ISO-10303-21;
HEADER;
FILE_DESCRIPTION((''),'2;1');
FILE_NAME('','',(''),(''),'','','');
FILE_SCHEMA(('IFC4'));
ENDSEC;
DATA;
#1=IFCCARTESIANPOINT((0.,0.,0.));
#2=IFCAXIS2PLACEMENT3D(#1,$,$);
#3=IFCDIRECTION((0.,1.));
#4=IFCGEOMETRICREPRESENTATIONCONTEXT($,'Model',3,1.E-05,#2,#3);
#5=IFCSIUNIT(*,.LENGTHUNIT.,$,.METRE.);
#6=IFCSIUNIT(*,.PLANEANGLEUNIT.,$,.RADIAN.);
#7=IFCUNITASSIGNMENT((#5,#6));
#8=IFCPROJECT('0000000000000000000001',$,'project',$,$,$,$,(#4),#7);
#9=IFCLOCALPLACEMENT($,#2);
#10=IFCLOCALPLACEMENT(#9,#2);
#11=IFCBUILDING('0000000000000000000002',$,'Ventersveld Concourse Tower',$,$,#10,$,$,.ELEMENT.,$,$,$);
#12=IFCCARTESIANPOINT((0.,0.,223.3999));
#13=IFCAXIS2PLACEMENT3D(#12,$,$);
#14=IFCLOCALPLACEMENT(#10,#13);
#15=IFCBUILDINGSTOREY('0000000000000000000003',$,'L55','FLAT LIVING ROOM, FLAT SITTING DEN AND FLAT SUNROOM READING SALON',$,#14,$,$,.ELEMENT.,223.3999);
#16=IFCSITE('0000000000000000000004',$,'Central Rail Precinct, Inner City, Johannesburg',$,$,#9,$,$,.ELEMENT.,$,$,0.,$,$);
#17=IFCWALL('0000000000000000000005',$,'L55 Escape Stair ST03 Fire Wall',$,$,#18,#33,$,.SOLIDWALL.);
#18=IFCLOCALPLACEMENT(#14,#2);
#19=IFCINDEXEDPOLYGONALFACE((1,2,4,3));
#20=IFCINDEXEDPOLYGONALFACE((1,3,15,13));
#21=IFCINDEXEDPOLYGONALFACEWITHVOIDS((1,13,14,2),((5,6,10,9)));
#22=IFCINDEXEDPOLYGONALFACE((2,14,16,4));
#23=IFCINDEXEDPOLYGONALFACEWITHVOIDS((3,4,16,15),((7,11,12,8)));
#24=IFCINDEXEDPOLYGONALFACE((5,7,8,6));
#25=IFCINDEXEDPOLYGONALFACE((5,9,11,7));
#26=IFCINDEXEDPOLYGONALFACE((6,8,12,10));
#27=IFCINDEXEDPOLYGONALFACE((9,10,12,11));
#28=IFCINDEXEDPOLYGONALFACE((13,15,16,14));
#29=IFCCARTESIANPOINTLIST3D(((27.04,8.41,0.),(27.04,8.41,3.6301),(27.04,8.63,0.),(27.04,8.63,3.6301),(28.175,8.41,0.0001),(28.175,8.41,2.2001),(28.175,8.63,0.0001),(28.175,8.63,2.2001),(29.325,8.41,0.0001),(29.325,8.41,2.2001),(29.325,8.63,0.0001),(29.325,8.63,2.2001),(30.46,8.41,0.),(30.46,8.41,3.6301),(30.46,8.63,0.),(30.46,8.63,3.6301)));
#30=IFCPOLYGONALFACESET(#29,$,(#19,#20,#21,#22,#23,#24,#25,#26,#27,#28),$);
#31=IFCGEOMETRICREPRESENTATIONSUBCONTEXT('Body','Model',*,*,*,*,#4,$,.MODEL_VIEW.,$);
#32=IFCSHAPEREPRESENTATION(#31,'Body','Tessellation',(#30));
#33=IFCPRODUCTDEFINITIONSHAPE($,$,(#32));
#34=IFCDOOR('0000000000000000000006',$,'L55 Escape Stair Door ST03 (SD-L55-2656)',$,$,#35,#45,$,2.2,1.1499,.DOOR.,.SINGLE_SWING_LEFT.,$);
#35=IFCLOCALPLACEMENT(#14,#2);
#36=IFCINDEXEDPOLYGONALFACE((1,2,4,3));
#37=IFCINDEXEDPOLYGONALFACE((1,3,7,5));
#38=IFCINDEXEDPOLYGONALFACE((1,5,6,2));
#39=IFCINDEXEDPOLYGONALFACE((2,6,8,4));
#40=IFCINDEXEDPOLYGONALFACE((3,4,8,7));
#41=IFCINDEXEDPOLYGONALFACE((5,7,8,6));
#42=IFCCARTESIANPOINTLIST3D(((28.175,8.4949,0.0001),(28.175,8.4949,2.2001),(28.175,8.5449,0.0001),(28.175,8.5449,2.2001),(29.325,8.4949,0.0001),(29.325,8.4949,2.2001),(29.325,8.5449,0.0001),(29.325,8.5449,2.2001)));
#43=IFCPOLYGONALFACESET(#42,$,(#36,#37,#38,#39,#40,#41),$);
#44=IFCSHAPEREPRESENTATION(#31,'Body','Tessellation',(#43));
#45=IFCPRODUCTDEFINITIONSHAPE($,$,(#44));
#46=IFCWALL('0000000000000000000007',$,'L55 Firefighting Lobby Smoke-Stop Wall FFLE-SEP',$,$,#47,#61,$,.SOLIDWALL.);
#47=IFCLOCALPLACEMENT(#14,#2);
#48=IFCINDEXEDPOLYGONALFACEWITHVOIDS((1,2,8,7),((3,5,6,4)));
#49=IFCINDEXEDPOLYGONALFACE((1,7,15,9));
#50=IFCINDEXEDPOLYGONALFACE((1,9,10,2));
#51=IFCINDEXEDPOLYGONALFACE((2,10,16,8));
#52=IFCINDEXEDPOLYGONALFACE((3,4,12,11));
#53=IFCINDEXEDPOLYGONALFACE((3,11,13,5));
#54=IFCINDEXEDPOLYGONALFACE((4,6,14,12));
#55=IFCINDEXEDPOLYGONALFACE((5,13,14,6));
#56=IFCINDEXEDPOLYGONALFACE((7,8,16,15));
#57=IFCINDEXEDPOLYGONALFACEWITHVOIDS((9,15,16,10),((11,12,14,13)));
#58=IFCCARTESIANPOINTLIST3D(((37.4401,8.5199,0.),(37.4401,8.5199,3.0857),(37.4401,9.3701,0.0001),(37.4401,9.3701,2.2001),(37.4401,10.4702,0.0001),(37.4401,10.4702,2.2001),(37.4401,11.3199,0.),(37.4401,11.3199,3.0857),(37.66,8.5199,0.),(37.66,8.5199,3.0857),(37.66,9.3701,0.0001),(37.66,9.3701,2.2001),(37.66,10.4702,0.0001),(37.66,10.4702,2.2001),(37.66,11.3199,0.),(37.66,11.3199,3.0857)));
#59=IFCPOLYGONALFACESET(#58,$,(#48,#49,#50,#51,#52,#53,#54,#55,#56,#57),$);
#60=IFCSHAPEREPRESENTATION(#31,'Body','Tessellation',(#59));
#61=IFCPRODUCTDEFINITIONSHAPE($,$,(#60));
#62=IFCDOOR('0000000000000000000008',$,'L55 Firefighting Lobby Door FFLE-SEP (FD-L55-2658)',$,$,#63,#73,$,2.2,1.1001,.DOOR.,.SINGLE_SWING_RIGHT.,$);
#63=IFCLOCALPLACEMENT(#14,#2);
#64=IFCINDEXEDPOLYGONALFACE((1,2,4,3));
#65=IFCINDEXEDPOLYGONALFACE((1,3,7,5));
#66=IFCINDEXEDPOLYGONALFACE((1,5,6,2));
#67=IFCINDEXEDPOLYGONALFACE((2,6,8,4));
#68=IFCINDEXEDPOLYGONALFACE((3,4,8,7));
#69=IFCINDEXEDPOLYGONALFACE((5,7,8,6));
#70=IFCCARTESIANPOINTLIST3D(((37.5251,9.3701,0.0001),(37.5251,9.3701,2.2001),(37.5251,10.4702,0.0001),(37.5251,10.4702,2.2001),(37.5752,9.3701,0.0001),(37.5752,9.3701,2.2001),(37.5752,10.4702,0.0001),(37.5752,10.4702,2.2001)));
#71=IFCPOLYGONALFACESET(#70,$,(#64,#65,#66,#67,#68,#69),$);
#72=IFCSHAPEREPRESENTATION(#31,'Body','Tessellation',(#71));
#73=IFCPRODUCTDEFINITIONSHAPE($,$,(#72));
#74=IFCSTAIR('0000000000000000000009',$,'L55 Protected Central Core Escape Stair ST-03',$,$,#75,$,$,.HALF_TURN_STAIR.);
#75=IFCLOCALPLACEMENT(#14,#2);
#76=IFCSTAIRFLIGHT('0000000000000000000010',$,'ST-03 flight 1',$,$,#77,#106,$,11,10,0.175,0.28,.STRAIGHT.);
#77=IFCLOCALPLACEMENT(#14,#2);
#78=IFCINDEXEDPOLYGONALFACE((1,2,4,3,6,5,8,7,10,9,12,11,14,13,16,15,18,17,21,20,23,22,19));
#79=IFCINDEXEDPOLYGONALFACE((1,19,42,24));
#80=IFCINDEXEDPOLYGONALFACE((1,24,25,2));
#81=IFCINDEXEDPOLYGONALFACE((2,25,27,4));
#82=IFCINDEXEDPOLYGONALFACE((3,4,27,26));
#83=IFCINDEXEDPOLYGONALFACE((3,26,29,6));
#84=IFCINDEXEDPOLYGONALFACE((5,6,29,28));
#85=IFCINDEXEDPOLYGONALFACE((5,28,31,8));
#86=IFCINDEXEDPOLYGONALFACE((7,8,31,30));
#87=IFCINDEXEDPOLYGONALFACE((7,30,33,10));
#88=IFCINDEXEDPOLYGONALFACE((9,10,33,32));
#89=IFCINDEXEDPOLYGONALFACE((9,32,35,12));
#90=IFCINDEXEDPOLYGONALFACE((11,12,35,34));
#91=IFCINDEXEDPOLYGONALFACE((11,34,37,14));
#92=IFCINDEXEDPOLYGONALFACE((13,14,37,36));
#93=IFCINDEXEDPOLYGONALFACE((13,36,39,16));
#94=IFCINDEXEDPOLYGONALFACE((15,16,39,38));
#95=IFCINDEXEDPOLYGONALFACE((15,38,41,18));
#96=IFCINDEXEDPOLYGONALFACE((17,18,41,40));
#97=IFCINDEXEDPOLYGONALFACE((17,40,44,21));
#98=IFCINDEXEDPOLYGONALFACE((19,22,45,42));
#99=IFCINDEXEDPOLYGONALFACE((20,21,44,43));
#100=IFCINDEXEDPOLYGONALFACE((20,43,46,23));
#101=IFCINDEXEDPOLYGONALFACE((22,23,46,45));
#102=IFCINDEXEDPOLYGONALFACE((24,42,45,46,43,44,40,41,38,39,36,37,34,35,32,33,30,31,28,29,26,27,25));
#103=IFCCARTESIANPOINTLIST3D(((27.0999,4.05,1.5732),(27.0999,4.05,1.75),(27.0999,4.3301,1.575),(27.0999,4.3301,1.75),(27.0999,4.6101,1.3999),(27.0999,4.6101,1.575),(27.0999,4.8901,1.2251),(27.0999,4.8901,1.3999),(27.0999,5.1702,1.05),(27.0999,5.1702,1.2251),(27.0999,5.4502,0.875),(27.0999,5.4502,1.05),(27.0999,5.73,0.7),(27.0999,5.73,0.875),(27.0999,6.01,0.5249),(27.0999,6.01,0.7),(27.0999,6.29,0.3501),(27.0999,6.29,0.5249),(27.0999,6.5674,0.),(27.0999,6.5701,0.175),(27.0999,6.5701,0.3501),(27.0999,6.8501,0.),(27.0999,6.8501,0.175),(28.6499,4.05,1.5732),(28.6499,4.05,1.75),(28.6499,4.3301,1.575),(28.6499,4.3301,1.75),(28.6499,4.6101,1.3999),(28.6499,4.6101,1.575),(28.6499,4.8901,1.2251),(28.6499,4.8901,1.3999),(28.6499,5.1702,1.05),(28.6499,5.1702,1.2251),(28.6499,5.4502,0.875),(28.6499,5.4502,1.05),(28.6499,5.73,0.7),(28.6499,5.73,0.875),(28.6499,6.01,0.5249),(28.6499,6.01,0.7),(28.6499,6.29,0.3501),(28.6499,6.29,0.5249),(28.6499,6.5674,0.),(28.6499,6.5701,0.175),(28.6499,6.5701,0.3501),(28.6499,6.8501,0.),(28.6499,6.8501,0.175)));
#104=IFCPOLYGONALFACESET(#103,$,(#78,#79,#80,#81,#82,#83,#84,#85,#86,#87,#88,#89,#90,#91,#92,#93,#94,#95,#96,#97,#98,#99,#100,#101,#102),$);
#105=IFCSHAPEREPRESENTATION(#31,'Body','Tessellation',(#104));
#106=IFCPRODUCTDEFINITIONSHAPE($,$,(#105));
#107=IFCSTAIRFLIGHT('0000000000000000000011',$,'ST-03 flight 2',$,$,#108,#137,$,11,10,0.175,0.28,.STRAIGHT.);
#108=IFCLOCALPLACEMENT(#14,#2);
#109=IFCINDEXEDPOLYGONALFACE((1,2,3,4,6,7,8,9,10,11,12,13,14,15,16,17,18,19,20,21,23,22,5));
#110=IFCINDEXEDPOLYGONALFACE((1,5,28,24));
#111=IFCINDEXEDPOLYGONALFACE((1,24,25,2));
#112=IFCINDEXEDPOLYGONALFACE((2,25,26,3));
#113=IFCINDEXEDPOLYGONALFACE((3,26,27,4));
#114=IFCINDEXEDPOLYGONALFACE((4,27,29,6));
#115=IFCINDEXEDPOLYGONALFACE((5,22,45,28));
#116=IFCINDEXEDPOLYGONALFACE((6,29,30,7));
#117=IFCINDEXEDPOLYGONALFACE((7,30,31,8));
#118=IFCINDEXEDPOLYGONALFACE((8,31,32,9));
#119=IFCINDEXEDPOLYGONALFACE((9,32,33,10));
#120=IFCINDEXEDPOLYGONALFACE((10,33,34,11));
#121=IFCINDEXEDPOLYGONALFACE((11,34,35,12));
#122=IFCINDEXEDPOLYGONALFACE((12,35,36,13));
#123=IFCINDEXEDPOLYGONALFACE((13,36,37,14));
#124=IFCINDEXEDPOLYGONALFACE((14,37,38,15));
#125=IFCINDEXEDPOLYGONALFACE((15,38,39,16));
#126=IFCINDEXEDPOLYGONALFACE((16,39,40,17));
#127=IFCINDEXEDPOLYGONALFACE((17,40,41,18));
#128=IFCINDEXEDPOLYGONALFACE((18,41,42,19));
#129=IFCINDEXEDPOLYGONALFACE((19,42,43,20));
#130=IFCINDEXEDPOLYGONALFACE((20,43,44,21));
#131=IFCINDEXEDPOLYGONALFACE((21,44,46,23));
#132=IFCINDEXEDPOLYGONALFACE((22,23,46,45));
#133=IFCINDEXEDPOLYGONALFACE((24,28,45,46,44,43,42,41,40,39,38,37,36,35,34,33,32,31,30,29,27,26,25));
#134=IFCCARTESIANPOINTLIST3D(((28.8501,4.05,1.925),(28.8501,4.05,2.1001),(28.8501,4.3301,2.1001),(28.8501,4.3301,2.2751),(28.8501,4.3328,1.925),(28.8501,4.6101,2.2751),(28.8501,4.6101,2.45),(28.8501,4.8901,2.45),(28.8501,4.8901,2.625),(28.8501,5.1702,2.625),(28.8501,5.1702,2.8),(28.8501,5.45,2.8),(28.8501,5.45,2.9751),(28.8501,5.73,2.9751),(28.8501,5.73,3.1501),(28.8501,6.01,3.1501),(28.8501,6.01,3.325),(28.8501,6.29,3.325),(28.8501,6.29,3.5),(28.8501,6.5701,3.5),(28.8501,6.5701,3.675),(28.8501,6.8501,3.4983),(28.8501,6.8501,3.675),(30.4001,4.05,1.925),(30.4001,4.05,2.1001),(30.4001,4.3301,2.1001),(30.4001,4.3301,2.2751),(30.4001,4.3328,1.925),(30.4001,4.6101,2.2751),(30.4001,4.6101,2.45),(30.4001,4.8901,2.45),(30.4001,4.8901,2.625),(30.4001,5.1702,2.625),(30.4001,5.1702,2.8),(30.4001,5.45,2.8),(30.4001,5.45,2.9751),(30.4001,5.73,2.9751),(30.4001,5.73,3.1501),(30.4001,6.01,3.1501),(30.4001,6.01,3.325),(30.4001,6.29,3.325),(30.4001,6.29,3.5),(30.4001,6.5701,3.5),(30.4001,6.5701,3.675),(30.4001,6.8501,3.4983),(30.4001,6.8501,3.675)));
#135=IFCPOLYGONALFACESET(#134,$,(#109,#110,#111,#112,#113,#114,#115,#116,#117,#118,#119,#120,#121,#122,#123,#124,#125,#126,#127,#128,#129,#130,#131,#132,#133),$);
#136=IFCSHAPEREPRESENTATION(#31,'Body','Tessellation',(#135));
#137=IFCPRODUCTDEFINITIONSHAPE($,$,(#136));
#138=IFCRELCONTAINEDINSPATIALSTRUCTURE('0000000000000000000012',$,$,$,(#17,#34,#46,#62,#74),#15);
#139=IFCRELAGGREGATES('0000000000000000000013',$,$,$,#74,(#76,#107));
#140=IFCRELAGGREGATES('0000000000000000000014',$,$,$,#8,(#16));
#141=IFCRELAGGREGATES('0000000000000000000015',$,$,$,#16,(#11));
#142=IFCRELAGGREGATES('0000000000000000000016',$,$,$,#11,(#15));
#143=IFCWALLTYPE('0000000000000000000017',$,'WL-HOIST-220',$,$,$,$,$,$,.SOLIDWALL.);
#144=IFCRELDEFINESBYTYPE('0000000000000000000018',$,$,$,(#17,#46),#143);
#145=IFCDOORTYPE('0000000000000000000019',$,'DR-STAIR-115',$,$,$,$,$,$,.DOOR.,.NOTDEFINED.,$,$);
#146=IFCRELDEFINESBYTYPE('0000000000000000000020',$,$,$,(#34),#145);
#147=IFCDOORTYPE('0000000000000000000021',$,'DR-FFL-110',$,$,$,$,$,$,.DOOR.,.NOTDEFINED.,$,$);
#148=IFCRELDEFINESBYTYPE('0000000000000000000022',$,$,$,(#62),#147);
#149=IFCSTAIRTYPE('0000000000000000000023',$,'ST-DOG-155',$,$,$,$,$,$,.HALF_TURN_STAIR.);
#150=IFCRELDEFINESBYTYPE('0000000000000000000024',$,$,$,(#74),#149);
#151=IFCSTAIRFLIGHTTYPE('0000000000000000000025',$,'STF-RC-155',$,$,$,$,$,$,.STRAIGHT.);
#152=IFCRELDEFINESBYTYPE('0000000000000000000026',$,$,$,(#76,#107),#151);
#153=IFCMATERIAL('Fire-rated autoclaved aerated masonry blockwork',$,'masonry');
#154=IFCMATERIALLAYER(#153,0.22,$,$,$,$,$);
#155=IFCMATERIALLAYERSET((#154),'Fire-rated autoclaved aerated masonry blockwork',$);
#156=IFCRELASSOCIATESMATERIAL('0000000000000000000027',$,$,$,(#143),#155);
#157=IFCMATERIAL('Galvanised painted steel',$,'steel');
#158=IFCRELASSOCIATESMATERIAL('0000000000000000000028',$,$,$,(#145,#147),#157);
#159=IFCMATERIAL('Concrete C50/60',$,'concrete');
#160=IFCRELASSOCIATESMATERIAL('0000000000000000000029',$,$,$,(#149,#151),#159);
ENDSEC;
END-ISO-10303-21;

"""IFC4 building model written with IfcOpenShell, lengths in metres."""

from ifc_helpers import new_model, si_unit, direction, frame, frame_2d, origin, place, context, subcontext, project, spatial, polyline, rectangle, outline, extrude, material, layer, layer_set, type_object, element, fill, aggregate, save


model = new_model("IFC4")

# Units and contexts
model_context = context("Model", 3, precision=1e-05, world=origin(), true_north=direction((0.0, 1.0)))
body_context = subcontext(model_context, "Body", "Model", "MODEL_VIEW")
ifc_project = project(units=[si_unit("LENGTHUNIT", "METRE"), si_unit("PLANEANGLEUNIT", "RADIAN")], contexts=[model_context])

# Site, building, storey
site_placement = place(None, origin())
site = spatial("IfcSite", under=ifc_project, at=site_placement, Name="Central Rail Precinct, Inner City, Johannesburg", CompositionType="ELEMENT", RefElevation=0.0)
building_placement = place(site_placement, origin())
building = spatial("IfcBuilding", under=site, at=building_placement, Name="Ventersveld Concourse Tower", CompositionType="ELEMENT")
storey_placement = place(building_placement, frame((0.0, 0.0, 223.3999)))
storey = spatial("IfcBuildingStorey", under=building, at=storey_placement, Name="L55", Description="FLAT LIVING ROOM, FLAT SITTING DEN AND FLAT SUNROOM READING SALON", CompositionType="ELEMENT", Elevation=223.3999)

# Shared definitions
ifc_material_1 = material(Name="Concrete C50/60", Category="concrete")

# Shared definitions
ifc_material_2 = material(Name="Fire-rated autoclaved aerated masonry blockwork", Category="masonry")
ifc_layer_1 = layer(ifc_material_2, 0.22)
ifc_layer_set_1 = layer_set([ifc_layer_1], Name="Fire-rated autoclaved aerated masonry blockwork")
wall_type_1 = type_object("IfcWallType", Name="WL-HOIST-220", PredefinedType="SOLIDWALL", material=ifc_layer_set_1)

# Walls, openings, doors
wall_1_placement = place(storey_placement, frame((27.04, 8.52, 0.0), z_axis=(0.0, 0.0, 1.0), x_axis=(1.0, 0.0, 0.0)))
wall_1 = element("IfcWall", 1, at=wall_1_placement, inside=storey, type_object=wall_type_1, Name="L55 Escape Stair ST03 Fire Wall", PredefinedType="SOLIDWALL", context=body_context, shape_type="SweptSolid", body=[
    extrude(rectangle(XDim=3.4199, YDim=0.22, at=frame_2d((1.71, 0.0))), origin(), (0.0, 0.0, 1.0), 3.6301),
])
opening_1_placement = place(wall_1_placement, frame((1.135, 0.0, 0.0)))
opening_1 = element("IfcOpeningElement", 2, at=opening_1_placement, cuts=wall_1, PredefinedType="OPENING", context=body_context, shape_type="SweptSolid", body=[
    extrude(rectangle(XDim=1.1499, YDim=2.2, at=frame_2d((0.575, 1.1001))), frame((0.0, 0.1201, 0.0), z_axis=(0.0, -1.0, 0.0), x_axis=(1.0, 0.0, 0.0)), (0.0, 0.0, 1.0), 0.24),
])
ifc_material_3 = material(Name="Galvanised painted steel", Category="steel")
door_type_1 = type_object("IfcDoorType", Name="DR-STAIR-115", OperationType="NOTDEFINED", PredefinedType="DOOR", material=ifc_material_3)
door_1_placement = place(opening_1_placement, origin())
door_1 = element("IfcDoor", 3, at=door_1_placement, inside=storey, type_object=door_type_1, Name="L55 Escape Stair Door ST03 (SD-L55-2656)", OperationType="SINGLE_SWING_LEFT", OverallHeight=2.2, OverallWidth=1.1499, PredefinedType="DOOR", context=body_context, shape_type="SweptSolid", body=[
    extrude(rectangle(XDim=1.1499, YDim=2.2, at=frame_2d((0.575, 1.1001))), frame((0.0, 0.0249, 0.0), z_axis=(0.0, -1.0, 0.0), x_axis=(1.0, 0.0, 0.0)), (0.0, 0.0, 1.0), 0.05),
])
fill(opening_1, door_1)
wall_2_placement = place(storey_placement, frame((37.55, 8.52, 0.0), z_axis=(0.0, 0.0, 1.0), x_axis=(0.0, 1.0, 0.0)))
wall_2 = element("IfcWall", 4, at=wall_2_placement, inside=storey, type_object=wall_type_1, Name="L55 Firefighting Lobby Smoke-Stop Wall FFLE-SEP", PredefinedType="SOLIDWALL", context=body_context, shape_type="SweptSolid", body=[
    extrude(rectangle(XDim=2.8, YDim=0.22, at=frame_2d((1.3999, 0.0))), origin(), (0.0, 0.0, 1.0), 3.0857),
])
opening_2_placement = place(wall_2_placement, frame((0.8501, 0.0, 0.0)))
opening_2 = element("IfcOpeningElement", 5, at=opening_2_placement, cuts=wall_2, PredefinedType="OPENING", context=body_context, shape_type="SweptSolid", body=[
    extrude(rectangle(XDim=1.1001, YDim=2.2, at=frame_2d((0.55, 1.1001))), frame((0.0, 0.1201, 0.0), z_axis=(0.0, -1.0, 0.0), x_axis=(1.0, 0.0, 0.0)), (0.0, 0.0, 1.0), 0.24),
])
door_type_2 = type_object("IfcDoorType", Name="DR-FFL-110", OperationType="NOTDEFINED", PredefinedType="DOOR", material=ifc_material_3)
door_2_placement = place(opening_2_placement, origin())
door_2 = element("IfcDoor", 6, at=door_2_placement, inside=storey, type_object=door_type_2, Name="L55 Firefighting Lobby Door FFLE-SEP (FD-L55-2658)", OperationType="SINGLE_SWING_RIGHT", OverallHeight=2.2, OverallWidth=1.1001, PredefinedType="DOOR", context=body_context, shape_type="SweptSolid", body=[
    extrude(rectangle(XDim=1.1001, YDim=2.2, at=frame_2d((0.55, 1.1001))), frame((0.0, 0.0249, 0.0), z_axis=(0.0, -1.0, 0.0), x_axis=(1.0, 0.0, 0.0)), (0.0, 0.0, 1.0), 0.05),
])
fill(opening_2, door_2)

# Stair, stair flights
stair_type = type_object("IfcStairType", Name="ST-DOG-155", PredefinedType="HALF_TURN_STAIR", material=ifc_material_1)
stair_placement = place(storey_placement, origin())
stair = element("IfcStair", 7, at=stair_placement, inside=storey, type_object=stair_type, Name="L55 Protected Central Core Escape Stair ST-03", PredefinedType="HALF_TURN_STAIR")
stair_flight_type = type_object("IfcStairFlightType", Name="STF-RC-155", PredefinedType="STRAIGHT", material=ifc_material_1)
stair_flight_1_placement = place(storey_placement, frame((27.875, 6.8501, 0.0), z_axis=(0.0, 0.0, 1.0), x_axis=(0.0, -1.0, 0.0)))
stair_flight_1 = element("IfcStairFlight", 8, at=stair_flight_1_placement, type_object=stair_flight_type, Name="ST-03 flight 1", NumberOfRisers=11, NumberOfTreads=10, PredefinedType="STRAIGHT", RiserHeight=0.175, TreadLength=0.28, context=body_context, shape_type="SweptSolid", body=[
    extrude(outline(polyline([(0.0, 0.0), (0.0, 0.175), (0.28, 0.175), (0.28, 0.3501), (0.5601, 0.3501), (0.5601, 0.5249), (0.8401, 0.5249), (0.8401, 0.7), (1.1201, 0.7), (1.1201, 0.875), (1.3999, 0.875), (1.3999, 1.05), (1.6799, 1.05), (1.6799, 1.2251), (1.96, 1.2251), (1.96, 1.3999), (2.24, 1.3999), (2.24, 1.575), (2.52, 1.575), (2.52, 1.75), (2.8, 1.75), (2.8, 1.925), (2.8, 1.5732), (0.2827, 0.0), (0.0, 0.0)])), frame((0.0, 0.7749, 0.0), z_axis=(0.0, -1.0, 0.0), x_axis=(1.0, 0.0, 0.0)), (0.0, 0.0, 1.0), 1.55),
])
stair_flight_2_placement = place(storey_placement, frame((29.625, 4.05, 1.925), z_axis=(0.0, 0.0, 1.0), x_axis=(0.0, 1.0, 0.0)))
stair_flight_2 = element("IfcStairFlight", 9, at=stair_flight_2_placement, type_object=stair_flight_type, Name="ST-03 flight 2", NumberOfRisers=11, NumberOfTreads=10, PredefinedType="STRAIGHT", RiserHeight=0.175, TreadLength=0.28, context=body_context, shape_type="SweptSolid", body=[
    extrude(outline(polyline([(0.0, 0.0), (0.0, 0.175), (0.28, 0.175), (0.28, 0.3501), (0.5601, 0.3501), (0.5601, 0.5249), (0.8401, 0.5249), (0.8401, 0.7), (1.1201, 0.7), (1.1201, 0.875), (1.3999, 0.875), (1.3999, 1.05), (1.6799, 1.05), (1.6799, 1.2251), (1.96, 1.2251), (1.96, 1.3999), (2.24, 1.3999), (2.24, 1.575), (2.52, 1.575), (2.52, 1.75), (2.8, 1.75), (2.8, 1.925), (2.8, 1.5732), (0.2827, 0.0), (0.0, 0.0)])), frame((0.0, 0.7749, 0.0), z_axis=(0.0, -1.0, 0.0), x_axis=(1.0, 0.0, 0.0)), (0.0, 0.0, 1.0), 1.55),
])
aggregate(stair, [stair_flight_1, stair_flight_2])

save(model, "model.ifc")
